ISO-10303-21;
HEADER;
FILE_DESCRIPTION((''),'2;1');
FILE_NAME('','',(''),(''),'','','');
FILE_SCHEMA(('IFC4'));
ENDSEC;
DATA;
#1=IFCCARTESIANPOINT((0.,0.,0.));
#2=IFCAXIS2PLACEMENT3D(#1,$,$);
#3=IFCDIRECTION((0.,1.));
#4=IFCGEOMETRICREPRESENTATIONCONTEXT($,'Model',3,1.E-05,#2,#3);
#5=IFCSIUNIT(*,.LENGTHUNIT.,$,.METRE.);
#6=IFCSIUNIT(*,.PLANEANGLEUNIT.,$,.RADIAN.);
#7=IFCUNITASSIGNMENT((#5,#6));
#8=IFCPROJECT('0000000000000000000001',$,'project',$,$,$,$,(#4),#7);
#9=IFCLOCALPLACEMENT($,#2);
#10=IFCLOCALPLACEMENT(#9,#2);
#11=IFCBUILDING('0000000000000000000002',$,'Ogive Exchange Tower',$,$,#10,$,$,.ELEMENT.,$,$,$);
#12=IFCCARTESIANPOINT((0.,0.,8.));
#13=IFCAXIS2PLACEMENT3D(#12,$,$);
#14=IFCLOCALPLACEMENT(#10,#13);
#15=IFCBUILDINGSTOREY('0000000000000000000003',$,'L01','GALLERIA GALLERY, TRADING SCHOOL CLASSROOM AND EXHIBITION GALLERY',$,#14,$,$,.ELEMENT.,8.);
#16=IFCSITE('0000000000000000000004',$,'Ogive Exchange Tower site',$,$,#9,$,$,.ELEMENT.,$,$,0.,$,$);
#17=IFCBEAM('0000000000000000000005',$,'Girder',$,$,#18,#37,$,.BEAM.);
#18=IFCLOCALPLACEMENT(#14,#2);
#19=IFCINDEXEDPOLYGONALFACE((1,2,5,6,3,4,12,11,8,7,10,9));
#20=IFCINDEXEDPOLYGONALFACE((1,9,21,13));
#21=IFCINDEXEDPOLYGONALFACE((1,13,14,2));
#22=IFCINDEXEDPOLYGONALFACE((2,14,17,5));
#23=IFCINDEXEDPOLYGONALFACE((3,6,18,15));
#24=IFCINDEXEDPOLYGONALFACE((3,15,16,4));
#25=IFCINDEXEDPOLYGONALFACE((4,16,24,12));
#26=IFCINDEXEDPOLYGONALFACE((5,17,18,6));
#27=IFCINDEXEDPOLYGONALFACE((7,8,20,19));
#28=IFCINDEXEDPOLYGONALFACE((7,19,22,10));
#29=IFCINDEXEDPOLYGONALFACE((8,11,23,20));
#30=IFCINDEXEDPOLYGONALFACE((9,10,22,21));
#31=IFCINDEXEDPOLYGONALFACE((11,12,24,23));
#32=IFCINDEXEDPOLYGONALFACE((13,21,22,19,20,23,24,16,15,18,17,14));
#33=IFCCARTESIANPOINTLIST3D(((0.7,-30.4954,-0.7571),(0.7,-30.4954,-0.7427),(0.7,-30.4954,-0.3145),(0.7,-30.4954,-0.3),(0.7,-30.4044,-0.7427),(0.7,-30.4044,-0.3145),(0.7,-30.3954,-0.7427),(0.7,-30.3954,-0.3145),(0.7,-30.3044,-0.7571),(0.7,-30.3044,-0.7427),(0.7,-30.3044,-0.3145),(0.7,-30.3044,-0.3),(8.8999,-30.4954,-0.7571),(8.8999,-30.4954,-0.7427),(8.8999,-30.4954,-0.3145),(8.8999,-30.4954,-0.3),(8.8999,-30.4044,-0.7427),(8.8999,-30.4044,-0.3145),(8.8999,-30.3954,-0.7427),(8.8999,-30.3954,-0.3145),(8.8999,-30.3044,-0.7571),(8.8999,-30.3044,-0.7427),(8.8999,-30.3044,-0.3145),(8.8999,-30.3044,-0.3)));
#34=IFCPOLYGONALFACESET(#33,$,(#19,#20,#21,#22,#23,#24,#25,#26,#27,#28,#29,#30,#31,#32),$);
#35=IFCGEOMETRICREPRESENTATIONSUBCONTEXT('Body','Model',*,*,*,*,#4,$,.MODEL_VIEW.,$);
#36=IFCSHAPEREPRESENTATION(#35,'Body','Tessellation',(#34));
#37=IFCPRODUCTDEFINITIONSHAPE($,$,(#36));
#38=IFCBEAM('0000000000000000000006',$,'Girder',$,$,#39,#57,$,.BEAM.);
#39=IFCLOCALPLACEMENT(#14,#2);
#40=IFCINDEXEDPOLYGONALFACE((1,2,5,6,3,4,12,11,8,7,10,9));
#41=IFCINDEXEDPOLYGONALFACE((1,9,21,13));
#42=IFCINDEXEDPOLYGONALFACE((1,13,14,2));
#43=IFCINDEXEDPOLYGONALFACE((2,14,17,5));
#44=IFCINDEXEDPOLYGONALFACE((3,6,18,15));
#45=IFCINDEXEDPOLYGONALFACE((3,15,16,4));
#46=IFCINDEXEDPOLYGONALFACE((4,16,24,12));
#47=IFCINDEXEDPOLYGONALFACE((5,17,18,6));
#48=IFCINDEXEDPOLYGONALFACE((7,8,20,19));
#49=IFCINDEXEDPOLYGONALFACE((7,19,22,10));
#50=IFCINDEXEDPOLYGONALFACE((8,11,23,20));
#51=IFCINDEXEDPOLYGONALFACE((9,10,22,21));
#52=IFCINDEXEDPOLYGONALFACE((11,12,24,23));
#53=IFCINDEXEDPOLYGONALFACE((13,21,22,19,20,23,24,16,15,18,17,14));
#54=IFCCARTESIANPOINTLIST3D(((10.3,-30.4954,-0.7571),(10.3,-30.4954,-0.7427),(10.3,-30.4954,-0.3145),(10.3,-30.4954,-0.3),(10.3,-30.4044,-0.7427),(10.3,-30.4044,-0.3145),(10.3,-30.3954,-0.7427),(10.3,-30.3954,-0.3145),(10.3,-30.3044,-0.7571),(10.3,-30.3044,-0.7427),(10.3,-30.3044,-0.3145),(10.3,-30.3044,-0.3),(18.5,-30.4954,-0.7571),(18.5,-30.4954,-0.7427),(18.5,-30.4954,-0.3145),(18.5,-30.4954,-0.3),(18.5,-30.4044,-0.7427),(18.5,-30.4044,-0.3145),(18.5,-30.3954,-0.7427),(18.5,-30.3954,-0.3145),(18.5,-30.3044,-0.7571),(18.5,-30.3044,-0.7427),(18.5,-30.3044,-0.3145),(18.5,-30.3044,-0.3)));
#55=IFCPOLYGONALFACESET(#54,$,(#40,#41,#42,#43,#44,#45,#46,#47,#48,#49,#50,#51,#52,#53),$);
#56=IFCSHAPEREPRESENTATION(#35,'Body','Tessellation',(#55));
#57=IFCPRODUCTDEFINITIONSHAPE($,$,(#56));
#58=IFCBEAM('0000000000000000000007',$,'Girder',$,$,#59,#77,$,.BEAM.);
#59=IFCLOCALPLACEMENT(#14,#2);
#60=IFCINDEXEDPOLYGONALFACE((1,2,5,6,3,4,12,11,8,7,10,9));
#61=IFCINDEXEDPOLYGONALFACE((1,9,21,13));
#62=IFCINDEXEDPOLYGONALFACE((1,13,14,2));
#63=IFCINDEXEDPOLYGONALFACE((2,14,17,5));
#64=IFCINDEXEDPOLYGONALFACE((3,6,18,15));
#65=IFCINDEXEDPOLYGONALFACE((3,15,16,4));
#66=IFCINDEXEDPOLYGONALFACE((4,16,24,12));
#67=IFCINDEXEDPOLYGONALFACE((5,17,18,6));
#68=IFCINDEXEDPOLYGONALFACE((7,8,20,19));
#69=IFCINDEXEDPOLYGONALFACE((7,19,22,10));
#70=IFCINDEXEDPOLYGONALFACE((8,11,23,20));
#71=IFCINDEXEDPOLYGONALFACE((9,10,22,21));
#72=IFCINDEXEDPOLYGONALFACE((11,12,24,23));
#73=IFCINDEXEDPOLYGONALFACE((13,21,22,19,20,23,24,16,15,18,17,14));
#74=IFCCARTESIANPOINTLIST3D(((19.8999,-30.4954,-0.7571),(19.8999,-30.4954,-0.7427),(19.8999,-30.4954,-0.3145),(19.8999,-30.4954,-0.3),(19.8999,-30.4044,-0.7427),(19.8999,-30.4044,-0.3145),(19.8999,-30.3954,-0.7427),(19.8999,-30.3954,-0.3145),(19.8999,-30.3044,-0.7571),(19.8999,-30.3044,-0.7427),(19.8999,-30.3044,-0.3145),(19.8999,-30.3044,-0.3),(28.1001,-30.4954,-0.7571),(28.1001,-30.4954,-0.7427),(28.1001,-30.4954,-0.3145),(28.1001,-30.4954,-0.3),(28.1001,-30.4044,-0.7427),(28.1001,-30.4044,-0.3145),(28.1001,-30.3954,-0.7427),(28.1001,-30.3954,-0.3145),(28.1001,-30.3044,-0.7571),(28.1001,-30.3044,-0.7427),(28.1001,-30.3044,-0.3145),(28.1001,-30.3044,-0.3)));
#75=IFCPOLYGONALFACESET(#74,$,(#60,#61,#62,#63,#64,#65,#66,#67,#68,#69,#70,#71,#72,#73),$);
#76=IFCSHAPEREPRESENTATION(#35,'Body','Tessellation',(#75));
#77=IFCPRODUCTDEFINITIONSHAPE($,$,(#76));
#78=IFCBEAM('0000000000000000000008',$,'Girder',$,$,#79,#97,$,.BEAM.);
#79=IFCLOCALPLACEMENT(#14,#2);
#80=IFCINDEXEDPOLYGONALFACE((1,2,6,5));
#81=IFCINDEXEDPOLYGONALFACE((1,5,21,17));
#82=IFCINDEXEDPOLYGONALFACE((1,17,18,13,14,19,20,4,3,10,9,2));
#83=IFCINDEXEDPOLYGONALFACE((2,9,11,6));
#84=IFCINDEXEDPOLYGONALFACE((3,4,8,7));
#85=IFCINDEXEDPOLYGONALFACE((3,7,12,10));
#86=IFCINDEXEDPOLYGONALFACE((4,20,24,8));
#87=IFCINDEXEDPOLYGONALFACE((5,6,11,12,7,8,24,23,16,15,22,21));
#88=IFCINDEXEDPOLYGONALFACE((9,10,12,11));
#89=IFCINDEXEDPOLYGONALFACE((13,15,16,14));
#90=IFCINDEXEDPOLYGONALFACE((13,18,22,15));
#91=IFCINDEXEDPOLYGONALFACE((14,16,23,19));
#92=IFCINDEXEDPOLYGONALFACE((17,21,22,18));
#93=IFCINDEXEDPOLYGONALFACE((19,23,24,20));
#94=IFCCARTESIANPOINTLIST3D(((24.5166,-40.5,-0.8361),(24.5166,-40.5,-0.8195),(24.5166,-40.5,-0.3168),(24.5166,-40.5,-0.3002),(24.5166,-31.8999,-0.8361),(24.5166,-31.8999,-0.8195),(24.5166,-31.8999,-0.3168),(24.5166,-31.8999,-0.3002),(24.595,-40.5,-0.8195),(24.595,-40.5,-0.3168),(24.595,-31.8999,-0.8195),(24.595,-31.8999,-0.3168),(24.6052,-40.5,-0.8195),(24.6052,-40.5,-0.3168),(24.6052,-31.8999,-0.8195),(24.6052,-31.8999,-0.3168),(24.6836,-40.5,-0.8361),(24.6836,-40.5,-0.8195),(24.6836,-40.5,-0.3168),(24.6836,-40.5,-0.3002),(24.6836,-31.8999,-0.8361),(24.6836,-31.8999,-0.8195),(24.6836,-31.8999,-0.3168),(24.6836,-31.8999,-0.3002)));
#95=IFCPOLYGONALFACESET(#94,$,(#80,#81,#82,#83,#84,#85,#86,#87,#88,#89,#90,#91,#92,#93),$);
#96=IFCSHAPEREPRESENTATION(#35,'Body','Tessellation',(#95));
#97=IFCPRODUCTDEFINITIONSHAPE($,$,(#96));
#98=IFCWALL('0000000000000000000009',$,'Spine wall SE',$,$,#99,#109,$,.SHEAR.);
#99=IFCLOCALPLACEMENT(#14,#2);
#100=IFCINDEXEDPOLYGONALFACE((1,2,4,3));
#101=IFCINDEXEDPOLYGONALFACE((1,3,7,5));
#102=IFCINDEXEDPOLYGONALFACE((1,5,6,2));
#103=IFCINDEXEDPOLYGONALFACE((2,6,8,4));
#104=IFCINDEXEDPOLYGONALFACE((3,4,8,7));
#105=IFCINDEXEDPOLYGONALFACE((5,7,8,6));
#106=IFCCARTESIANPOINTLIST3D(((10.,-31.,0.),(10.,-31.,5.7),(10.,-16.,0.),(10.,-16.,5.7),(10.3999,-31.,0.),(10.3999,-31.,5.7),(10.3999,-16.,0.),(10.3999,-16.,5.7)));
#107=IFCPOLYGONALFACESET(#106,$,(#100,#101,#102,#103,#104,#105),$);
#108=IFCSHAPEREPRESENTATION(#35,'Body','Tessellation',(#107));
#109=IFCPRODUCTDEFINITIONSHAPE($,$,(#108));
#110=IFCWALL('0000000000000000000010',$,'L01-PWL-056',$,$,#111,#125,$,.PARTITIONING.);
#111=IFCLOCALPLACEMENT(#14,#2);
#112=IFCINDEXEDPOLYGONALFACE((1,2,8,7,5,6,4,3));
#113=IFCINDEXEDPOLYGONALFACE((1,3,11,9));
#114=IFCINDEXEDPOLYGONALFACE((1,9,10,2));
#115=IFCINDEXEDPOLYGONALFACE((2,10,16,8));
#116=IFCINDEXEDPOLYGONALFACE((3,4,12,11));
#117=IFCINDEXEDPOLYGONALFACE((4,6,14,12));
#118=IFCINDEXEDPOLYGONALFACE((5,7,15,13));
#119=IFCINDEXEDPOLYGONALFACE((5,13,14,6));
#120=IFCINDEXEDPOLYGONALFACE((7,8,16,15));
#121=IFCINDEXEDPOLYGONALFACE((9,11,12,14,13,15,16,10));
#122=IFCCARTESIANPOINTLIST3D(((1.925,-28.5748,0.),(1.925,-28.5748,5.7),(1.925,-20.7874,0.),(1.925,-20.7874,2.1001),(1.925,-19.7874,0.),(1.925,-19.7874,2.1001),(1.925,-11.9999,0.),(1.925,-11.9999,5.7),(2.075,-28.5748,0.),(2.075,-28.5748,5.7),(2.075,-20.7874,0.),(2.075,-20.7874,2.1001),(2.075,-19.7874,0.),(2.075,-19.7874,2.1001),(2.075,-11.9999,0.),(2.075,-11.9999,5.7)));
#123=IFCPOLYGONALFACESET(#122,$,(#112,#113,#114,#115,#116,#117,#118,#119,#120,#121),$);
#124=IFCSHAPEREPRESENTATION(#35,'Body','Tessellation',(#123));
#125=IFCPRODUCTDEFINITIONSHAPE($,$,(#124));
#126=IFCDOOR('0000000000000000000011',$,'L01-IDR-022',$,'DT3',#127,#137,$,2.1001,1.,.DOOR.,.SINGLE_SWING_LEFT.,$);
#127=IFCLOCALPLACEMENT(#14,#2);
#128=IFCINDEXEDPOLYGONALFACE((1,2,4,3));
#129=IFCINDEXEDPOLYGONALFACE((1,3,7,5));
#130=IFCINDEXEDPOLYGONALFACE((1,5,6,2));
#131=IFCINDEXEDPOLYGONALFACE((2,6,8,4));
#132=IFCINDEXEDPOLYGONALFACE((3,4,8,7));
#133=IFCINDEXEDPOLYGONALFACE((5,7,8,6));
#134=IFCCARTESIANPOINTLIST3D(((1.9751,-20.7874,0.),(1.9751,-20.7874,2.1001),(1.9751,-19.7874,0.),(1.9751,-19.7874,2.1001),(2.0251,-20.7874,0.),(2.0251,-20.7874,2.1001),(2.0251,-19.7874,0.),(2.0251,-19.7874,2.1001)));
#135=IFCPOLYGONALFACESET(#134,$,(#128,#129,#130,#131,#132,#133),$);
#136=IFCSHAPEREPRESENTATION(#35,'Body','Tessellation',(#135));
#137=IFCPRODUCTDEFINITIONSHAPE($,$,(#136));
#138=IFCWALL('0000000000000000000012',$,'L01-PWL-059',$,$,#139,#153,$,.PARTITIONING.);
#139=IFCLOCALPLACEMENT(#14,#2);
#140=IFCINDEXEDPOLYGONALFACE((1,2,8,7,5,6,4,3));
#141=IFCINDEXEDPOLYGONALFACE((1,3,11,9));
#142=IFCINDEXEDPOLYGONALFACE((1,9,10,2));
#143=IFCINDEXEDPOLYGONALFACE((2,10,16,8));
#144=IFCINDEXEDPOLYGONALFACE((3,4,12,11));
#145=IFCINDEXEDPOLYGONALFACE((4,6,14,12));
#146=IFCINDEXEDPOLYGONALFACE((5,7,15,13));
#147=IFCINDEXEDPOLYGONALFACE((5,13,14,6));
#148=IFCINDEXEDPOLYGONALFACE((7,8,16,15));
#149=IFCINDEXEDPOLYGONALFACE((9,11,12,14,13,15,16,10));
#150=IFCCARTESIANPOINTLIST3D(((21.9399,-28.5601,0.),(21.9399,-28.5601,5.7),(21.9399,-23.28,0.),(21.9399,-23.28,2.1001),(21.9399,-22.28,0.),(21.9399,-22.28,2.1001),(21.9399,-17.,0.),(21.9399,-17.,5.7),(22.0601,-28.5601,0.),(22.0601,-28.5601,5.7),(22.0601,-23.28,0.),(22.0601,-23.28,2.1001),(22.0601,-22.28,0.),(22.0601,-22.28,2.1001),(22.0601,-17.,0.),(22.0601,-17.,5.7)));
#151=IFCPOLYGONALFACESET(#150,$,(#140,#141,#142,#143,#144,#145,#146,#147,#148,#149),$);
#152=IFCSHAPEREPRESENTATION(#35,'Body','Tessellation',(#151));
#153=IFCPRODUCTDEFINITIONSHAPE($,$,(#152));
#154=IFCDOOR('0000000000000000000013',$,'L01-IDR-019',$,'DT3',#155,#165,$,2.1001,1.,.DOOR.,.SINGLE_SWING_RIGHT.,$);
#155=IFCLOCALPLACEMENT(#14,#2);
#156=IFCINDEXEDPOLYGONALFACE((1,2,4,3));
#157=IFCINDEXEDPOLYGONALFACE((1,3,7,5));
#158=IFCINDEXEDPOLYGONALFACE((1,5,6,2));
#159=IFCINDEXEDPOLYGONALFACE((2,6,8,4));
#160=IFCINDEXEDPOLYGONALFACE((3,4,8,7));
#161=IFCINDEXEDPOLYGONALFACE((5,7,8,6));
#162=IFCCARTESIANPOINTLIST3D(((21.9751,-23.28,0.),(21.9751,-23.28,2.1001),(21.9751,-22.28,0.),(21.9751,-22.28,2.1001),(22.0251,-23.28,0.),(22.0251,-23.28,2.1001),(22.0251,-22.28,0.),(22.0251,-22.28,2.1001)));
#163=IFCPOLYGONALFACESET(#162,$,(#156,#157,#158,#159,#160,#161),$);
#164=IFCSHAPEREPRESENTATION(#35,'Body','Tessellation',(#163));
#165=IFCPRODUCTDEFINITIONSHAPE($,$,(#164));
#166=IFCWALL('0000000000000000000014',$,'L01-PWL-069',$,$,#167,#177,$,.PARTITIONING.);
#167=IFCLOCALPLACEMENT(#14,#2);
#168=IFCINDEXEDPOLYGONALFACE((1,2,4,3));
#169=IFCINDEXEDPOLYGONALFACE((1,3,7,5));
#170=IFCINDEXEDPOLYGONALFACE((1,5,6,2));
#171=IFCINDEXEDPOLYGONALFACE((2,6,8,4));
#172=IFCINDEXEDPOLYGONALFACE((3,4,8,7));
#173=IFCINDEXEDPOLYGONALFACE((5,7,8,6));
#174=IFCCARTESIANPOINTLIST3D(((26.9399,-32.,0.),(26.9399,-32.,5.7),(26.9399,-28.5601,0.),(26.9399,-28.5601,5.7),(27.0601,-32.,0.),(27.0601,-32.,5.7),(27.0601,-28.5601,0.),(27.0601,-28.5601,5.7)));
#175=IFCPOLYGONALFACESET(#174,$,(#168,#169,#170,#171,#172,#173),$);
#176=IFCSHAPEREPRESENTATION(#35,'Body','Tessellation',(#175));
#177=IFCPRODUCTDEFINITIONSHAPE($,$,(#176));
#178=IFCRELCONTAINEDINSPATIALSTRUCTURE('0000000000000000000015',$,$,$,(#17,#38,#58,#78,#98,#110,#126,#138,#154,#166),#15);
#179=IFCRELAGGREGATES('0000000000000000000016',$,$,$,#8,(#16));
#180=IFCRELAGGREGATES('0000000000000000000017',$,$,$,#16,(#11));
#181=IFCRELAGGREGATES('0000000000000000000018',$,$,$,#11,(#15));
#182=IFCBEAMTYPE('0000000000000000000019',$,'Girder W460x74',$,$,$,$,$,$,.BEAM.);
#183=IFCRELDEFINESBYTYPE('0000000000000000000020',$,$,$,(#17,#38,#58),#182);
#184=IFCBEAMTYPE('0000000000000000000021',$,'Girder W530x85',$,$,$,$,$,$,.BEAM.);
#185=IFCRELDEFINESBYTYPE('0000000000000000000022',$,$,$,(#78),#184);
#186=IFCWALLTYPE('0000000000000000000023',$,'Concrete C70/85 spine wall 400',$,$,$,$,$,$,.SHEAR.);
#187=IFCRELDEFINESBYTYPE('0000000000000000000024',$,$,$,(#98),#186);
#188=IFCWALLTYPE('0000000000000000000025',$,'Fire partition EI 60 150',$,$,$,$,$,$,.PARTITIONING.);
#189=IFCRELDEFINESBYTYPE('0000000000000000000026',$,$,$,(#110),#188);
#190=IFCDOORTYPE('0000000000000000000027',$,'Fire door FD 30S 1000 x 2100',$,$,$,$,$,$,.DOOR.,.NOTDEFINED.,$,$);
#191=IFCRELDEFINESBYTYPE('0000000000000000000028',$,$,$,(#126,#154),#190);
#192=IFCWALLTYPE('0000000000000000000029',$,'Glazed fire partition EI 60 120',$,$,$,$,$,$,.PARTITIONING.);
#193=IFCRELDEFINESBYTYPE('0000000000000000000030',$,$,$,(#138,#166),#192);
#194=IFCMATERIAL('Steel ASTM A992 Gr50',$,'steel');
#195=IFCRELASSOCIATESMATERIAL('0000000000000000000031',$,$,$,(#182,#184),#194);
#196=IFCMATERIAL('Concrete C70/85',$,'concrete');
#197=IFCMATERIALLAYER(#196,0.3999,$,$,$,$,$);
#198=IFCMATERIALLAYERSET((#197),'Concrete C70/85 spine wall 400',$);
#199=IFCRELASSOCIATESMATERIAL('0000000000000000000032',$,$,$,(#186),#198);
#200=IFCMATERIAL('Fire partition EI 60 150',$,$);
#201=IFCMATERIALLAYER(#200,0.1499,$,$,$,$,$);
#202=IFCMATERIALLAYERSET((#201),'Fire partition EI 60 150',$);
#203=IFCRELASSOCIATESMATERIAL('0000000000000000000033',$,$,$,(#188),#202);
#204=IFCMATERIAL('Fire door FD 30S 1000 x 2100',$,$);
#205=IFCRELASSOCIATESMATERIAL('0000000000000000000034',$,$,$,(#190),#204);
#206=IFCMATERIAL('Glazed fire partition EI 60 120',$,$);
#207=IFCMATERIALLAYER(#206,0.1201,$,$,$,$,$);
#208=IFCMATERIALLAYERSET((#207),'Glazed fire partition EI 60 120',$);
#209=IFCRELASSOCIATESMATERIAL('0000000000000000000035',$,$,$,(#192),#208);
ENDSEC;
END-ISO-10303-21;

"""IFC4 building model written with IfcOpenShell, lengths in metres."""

from ifc_helpers import new_model, si_unit, direction, frame, frame_2d, origin, origin_2d, place, context, subcontext, project, spatial, rectangle, i_section, extrude, material, layer, layer_set, material_profile, profile_set, type_object, element, fill, save


model = new_model("IFC4")

# Units and contexts
model_context = context("Model", 3, precision=1e-05, world=origin(), true_north=direction((0.0, 1.0)))
body_context = subcontext(model_context, "Body", "Model", "MODEL_VIEW")
ifc_project = project(units=[si_unit("LENGTHUNIT", "METRE"), si_unit("PLANEANGLEUNIT", "RADIAN")], contexts=[model_context])

# Site, building, storey
site_placement = place(None, origin())
site = spatial("IfcSite", under=ifc_project, at=site_placement, Name="Ogive Exchange Tower site", CompositionType="ELEMENT", RefElevation=0.0)
building_placement = place(site_placement, origin())
building = spatial("IfcBuilding", under=site, at=building_placement, Name="Ogive Exchange Tower", CompositionType="ELEMENT")
storey_placement = place(building_placement, frame((0.0, 0.0, 8.0)))
storey = spatial("IfcBuildingStorey", under=building, at=storey_placement, Name="L01", Description="GALLERIA GALLERY, TRADING SCHOOL CLASSROOM AND EXHIBITION GALLERY", CompositionType="ELEMENT", Elevation=8.0)

# Shared definitions
ifc_material_1 = material(Name="Concrete C70/85", Category="concrete")

# Beams
ifc_material_2 = material(Name="Steel ASTM A992 Gr50", Category="steel")
ifc_material_profile_1 = material_profile(ifc_material_2, i_section(OverallWidth=0.1909, OverallDepth=0.457, WebThickness=0.009, FlangeThickness=0.0144, at=origin_2d()), Name="W460x74")
ifc_profile_set_1 = profile_set([ifc_material_profile_1], Name="Steel ASTM A992 Gr50")
beam_type_1 = type_object("IfcBeamType", Name="Girder W460x74", PredefinedType="BEAM", material=ifc_profile_set_1)
for number, where, z_axis, x_axis, name in (
    (1, (0.7, -30.3999, -0.5286), (1.0, 0.0, 0.0), (0.0, 1.0, 0.0), "Girder"),
    (2, (10.3, -30.3999, -0.5286), (1.0, 0.0, 0.0), (0.0, 1.0, 0.0), "Girder"),
):
    element("IfcBeam", number, at=place(storey_placement, frame(where, z_axis=z_axis, x_axis=x_axis)), inside=storey, type_object=beam_type_1, Name=name, PredefinedType="BEAM", context=body_context, shape_type="SweptSolid", body=[
        extrude(i_section(OverallWidth=0.1909, OverallDepth=0.457, WebThickness=0.009, FlangeThickness=0.0144, at=origin_2d()), origin(), (0.0, 0.0, 1.0), 8.2),
    ])
beam_1_placement = place(storey_placement, frame((19.8999, -30.3999, -0.5286), z_axis=(1.0, 0.0, 0.0), x_axis=(0.0, 1.0, 0.0)))
element("IfcBeam", 3, at=beam_1_placement, inside=storey, type_object=beam_type_1, Name="Girder", PredefinedType="BEAM", context=body_context, shape_type="SweptSolid", body=[
    extrude(i_section(OverallWidth=0.1909, OverallDepth=0.457, WebThickness=0.009, FlangeThickness=0.0144, at=origin_2d()), origin(), (0.0, 0.0, 1.0), 8.2002),
])
ifc_material_profile_2 = material_profile(ifc_material_2, i_section(OverallWidth=0.167, OverallDepth=0.5359, WebThickness=0.0103, FlangeThickness=0.0166, at=origin_2d()), Name="W530x85")
ifc_profile_set_2 = profile_set([ifc_material_profile_2], Name="Steel ASTM A992 Gr50")
beam_type_2 = type_object("IfcBeamType", Name="Girder W530x85", PredefinedType="BEAM", material=ifc_profile_set_2)
beam_2_placement = place(storey_placement, frame((24.6001, -40.5, -0.5681), z_axis=(0.0, 1.0, 0.0), x_axis=(-1.0, 0.0, 0.0)))
element("IfcBeam", 4, at=beam_2_placement, inside=storey, type_object=beam_type_2, Name="Girder", PredefinedType="BEAM", context=body_context, shape_type="SweptSolid", body=[
    extrude(i_section(OverallWidth=0.167, OverallDepth=0.5359, WebThickness=0.0103, FlangeThickness=0.0166, at=origin_2d()), origin(), (0.0, 0.0, 1.0), 8.6001),
])

# Wall
ifc_layer_1 = layer(ifc_material_1, 0.3999)
ifc_layer_set_1 = layer_set([ifc_layer_1], Name="Concrete C70/85 spine wall 400")
wall_type_1 = type_object("IfcWallType", Name="Concrete C70/85 spine wall 400", PredefinedType="SHEAR", material=ifc_layer_set_1)
wall_1_placement = place(storey_placement, frame((10.2, -31.0, 0.0), z_axis=(0.0, 0.0, 1.0), x_axis=(0.0, 1.0, 0.0)))
element("IfcWall", 5, at=wall_1_placement, inside=storey, type_object=wall_type_1, Name="Spine wall SE", PredefinedType="SHEAR", context=body_context, shape_type="SweptSolid", body=[
    extrude(rectangle(XDim=15.0, YDim=0.3999, at=frame_2d((7.5, 0.0))), origin(), (0.0, 0.0, 1.0), 5.7),
])

# Walls, openings, doors
ifc_material_3 = material(Name="Fire partition EI 60 150")
ifc_layer_2 = layer(ifc_material_3, 0.1499)
ifc_layer_set_2 = layer_set([ifc_layer_2], Name="Fire partition EI 60 150")
wall_type_2 = type_object("IfcWallType", Name="Fire partition EI 60 150", PredefinedType="PARTITIONING", material=ifc_layer_set_2)
wall_2_placement = place(storey_placement, frame((2.0, -28.575, 0.0), z_axis=(0.0, 0.0, 1.0), x_axis=(0.0, 1.0, 0.0)))
wall_2 = element("IfcWall", 6, at=wall_2_placement, inside=storey, type_object=wall_type_2, Name="L01-PWL-056", PredefinedType="PARTITIONING", context=body_context, shape_type="SweptSolid", body=[
    extrude(rectangle(XDim=16.575, YDim=0.1499, at=frame_2d((8.2876, 0.0))), origin(), (0.0, 0.0, 1.0), 5.7),
])
opening_1_placement = place(wall_2_placement, frame((7.7876, 0.0, 0.0)))
opening_1 = element("IfcOpeningElement", 7, at=opening_1_placement, cuts=wall_2, PredefinedType="OPENING", context=body_context, shape_type="SweptSolid", body=[
    extrude(rectangle(XDim=1.0, YDim=2.1001, at=frame_2d((0.5, 1.05))), frame((0.0, 0.085, 0.0), z_axis=(0.0, -1.0, 0.0), x_axis=(1.0, 0.0, 0.0)), (0.0, 0.0, 1.0), 0.1699),
])
ifc_material_4 = material(Name="Fire door FD 30S 1000 x 2100")
door_type = type_object("IfcDoorType", Name="Fire door FD 30S 1000 x 2100", OperationType="NOTDEFINED", PredefinedType="DOOR", material=ifc_material_4)
door_1_placement = place(opening_1_placement, origin())
door_1 = element("IfcDoor", 8, at=door_1_placement, inside=storey, type_object=door_type, Name="L01-IDR-022", ObjectType="DT3", OperationType="SINGLE_SWING_LEFT", OverallHeight=2.1001, OverallWidth=1.0, PredefinedType="DOOR", context=body_context, shape_type="SweptSolid", body=[
    extrude(rectangle(XDim=1.0, YDim=2.1001, at=frame_2d((0.5, 1.05))), frame((0.0, 0.0249, 0.0), z_axis=(0.0, -1.0, 0.0), x_axis=(1.0, 0.0, 0.0)), (0.0, 0.0, 1.0), 0.05),
])
fill(opening_1, door_1)
ifc_material_5 = material(Name="Glazed fire partition EI 60 120")
ifc_layer_3 = layer(ifc_material_5, 0.1201)
ifc_layer_set_3 = layer_set([ifc_layer_3], Name="Glazed fire partition EI 60 120")
wall_type_3 = type_object("IfcWallType", Name="Glazed fire partition EI 60 120", PredefinedType="PARTITIONING", material=ifc_layer_set_3)
wall_3_placement = place(storey_placement, frame((22.0, -28.5601, 0.0), z_axis=(0.0, 0.0, 1.0), x_axis=(0.0, 1.0, 0.0)))
wall_3 = element("IfcWall", 9, at=wall_3_placement, inside=storey, type_object=wall_type_3, Name="L01-PWL-059", PredefinedType="PARTITIONING", context=body_context, shape_type="SweptSolid", body=[
    extrude(rectangle(XDim=11.5601, YDim=0.1201, at=frame_2d((5.78, 0.0))), origin(), (0.0, 0.0, 1.0), 5.7),
])
opening_2_placement = place(wall_3_placement, frame((5.28, 0.0, 0.0)))
opening_2 = element("IfcOpeningElement", 10, at=opening_2_placement, cuts=wall_3, PredefinedType="OPENING", context=body_context, shape_type="SweptSolid", body=[
    extrude(rectangle(XDim=1.0, YDim=2.1001, at=frame_2d((0.5, 1.05))), frame((0.0, 0.0701, 0.0), z_axis=(0.0, -1.0, 0.0), x_axis=(1.0, 0.0, 0.0)), (0.0, 0.0, 1.0), 0.1401),
])
door_2_placement = place(opening_2_placement, origin())
door_2 = element("IfcDoor", 11, at=door_2_placement, inside=storey, type_object=door_type, Name="L01-IDR-019", ObjectType="DT3", OperationType="SINGLE_SWING_RIGHT", OverallHeight=2.1001, OverallWidth=1.0, PredefinedType="DOOR", context=body_context, shape_type="SweptSolid", body=[
    extrude(rectangle(XDim=1.0, YDim=2.1001, at=frame_2d((0.5, 1.05))), frame((0.0, 0.0249, 0.0), z_axis=(0.0, -1.0, 0.0), x_axis=(1.0, 0.0, 0.0)), (0.0, 0.0, 1.0), 0.05),
])
fill(opening_2, door_2)

# Wall
wall_4_placement = place(storey_placement, frame((27.0, -32.0, 0.0), z_axis=(0.0, 0.0, 1.0), x_axis=(0.0, 1.0, 0.0)))
element("IfcWall", 12, at=wall_4_placement, inside=storey, type_object=wall_type_3, Name="L01-PWL-069", PredefinedType="PARTITIONING", context=body_context, shape_type="SweptSolid", body=[
    extrude(rectangle(XDim=3.4399, YDim=0.1201, at=frame_2d((1.72, 0.0))), origin(), (0.0, 0.0, 1.0), 5.7),
])

save(model, "model.ifc")
